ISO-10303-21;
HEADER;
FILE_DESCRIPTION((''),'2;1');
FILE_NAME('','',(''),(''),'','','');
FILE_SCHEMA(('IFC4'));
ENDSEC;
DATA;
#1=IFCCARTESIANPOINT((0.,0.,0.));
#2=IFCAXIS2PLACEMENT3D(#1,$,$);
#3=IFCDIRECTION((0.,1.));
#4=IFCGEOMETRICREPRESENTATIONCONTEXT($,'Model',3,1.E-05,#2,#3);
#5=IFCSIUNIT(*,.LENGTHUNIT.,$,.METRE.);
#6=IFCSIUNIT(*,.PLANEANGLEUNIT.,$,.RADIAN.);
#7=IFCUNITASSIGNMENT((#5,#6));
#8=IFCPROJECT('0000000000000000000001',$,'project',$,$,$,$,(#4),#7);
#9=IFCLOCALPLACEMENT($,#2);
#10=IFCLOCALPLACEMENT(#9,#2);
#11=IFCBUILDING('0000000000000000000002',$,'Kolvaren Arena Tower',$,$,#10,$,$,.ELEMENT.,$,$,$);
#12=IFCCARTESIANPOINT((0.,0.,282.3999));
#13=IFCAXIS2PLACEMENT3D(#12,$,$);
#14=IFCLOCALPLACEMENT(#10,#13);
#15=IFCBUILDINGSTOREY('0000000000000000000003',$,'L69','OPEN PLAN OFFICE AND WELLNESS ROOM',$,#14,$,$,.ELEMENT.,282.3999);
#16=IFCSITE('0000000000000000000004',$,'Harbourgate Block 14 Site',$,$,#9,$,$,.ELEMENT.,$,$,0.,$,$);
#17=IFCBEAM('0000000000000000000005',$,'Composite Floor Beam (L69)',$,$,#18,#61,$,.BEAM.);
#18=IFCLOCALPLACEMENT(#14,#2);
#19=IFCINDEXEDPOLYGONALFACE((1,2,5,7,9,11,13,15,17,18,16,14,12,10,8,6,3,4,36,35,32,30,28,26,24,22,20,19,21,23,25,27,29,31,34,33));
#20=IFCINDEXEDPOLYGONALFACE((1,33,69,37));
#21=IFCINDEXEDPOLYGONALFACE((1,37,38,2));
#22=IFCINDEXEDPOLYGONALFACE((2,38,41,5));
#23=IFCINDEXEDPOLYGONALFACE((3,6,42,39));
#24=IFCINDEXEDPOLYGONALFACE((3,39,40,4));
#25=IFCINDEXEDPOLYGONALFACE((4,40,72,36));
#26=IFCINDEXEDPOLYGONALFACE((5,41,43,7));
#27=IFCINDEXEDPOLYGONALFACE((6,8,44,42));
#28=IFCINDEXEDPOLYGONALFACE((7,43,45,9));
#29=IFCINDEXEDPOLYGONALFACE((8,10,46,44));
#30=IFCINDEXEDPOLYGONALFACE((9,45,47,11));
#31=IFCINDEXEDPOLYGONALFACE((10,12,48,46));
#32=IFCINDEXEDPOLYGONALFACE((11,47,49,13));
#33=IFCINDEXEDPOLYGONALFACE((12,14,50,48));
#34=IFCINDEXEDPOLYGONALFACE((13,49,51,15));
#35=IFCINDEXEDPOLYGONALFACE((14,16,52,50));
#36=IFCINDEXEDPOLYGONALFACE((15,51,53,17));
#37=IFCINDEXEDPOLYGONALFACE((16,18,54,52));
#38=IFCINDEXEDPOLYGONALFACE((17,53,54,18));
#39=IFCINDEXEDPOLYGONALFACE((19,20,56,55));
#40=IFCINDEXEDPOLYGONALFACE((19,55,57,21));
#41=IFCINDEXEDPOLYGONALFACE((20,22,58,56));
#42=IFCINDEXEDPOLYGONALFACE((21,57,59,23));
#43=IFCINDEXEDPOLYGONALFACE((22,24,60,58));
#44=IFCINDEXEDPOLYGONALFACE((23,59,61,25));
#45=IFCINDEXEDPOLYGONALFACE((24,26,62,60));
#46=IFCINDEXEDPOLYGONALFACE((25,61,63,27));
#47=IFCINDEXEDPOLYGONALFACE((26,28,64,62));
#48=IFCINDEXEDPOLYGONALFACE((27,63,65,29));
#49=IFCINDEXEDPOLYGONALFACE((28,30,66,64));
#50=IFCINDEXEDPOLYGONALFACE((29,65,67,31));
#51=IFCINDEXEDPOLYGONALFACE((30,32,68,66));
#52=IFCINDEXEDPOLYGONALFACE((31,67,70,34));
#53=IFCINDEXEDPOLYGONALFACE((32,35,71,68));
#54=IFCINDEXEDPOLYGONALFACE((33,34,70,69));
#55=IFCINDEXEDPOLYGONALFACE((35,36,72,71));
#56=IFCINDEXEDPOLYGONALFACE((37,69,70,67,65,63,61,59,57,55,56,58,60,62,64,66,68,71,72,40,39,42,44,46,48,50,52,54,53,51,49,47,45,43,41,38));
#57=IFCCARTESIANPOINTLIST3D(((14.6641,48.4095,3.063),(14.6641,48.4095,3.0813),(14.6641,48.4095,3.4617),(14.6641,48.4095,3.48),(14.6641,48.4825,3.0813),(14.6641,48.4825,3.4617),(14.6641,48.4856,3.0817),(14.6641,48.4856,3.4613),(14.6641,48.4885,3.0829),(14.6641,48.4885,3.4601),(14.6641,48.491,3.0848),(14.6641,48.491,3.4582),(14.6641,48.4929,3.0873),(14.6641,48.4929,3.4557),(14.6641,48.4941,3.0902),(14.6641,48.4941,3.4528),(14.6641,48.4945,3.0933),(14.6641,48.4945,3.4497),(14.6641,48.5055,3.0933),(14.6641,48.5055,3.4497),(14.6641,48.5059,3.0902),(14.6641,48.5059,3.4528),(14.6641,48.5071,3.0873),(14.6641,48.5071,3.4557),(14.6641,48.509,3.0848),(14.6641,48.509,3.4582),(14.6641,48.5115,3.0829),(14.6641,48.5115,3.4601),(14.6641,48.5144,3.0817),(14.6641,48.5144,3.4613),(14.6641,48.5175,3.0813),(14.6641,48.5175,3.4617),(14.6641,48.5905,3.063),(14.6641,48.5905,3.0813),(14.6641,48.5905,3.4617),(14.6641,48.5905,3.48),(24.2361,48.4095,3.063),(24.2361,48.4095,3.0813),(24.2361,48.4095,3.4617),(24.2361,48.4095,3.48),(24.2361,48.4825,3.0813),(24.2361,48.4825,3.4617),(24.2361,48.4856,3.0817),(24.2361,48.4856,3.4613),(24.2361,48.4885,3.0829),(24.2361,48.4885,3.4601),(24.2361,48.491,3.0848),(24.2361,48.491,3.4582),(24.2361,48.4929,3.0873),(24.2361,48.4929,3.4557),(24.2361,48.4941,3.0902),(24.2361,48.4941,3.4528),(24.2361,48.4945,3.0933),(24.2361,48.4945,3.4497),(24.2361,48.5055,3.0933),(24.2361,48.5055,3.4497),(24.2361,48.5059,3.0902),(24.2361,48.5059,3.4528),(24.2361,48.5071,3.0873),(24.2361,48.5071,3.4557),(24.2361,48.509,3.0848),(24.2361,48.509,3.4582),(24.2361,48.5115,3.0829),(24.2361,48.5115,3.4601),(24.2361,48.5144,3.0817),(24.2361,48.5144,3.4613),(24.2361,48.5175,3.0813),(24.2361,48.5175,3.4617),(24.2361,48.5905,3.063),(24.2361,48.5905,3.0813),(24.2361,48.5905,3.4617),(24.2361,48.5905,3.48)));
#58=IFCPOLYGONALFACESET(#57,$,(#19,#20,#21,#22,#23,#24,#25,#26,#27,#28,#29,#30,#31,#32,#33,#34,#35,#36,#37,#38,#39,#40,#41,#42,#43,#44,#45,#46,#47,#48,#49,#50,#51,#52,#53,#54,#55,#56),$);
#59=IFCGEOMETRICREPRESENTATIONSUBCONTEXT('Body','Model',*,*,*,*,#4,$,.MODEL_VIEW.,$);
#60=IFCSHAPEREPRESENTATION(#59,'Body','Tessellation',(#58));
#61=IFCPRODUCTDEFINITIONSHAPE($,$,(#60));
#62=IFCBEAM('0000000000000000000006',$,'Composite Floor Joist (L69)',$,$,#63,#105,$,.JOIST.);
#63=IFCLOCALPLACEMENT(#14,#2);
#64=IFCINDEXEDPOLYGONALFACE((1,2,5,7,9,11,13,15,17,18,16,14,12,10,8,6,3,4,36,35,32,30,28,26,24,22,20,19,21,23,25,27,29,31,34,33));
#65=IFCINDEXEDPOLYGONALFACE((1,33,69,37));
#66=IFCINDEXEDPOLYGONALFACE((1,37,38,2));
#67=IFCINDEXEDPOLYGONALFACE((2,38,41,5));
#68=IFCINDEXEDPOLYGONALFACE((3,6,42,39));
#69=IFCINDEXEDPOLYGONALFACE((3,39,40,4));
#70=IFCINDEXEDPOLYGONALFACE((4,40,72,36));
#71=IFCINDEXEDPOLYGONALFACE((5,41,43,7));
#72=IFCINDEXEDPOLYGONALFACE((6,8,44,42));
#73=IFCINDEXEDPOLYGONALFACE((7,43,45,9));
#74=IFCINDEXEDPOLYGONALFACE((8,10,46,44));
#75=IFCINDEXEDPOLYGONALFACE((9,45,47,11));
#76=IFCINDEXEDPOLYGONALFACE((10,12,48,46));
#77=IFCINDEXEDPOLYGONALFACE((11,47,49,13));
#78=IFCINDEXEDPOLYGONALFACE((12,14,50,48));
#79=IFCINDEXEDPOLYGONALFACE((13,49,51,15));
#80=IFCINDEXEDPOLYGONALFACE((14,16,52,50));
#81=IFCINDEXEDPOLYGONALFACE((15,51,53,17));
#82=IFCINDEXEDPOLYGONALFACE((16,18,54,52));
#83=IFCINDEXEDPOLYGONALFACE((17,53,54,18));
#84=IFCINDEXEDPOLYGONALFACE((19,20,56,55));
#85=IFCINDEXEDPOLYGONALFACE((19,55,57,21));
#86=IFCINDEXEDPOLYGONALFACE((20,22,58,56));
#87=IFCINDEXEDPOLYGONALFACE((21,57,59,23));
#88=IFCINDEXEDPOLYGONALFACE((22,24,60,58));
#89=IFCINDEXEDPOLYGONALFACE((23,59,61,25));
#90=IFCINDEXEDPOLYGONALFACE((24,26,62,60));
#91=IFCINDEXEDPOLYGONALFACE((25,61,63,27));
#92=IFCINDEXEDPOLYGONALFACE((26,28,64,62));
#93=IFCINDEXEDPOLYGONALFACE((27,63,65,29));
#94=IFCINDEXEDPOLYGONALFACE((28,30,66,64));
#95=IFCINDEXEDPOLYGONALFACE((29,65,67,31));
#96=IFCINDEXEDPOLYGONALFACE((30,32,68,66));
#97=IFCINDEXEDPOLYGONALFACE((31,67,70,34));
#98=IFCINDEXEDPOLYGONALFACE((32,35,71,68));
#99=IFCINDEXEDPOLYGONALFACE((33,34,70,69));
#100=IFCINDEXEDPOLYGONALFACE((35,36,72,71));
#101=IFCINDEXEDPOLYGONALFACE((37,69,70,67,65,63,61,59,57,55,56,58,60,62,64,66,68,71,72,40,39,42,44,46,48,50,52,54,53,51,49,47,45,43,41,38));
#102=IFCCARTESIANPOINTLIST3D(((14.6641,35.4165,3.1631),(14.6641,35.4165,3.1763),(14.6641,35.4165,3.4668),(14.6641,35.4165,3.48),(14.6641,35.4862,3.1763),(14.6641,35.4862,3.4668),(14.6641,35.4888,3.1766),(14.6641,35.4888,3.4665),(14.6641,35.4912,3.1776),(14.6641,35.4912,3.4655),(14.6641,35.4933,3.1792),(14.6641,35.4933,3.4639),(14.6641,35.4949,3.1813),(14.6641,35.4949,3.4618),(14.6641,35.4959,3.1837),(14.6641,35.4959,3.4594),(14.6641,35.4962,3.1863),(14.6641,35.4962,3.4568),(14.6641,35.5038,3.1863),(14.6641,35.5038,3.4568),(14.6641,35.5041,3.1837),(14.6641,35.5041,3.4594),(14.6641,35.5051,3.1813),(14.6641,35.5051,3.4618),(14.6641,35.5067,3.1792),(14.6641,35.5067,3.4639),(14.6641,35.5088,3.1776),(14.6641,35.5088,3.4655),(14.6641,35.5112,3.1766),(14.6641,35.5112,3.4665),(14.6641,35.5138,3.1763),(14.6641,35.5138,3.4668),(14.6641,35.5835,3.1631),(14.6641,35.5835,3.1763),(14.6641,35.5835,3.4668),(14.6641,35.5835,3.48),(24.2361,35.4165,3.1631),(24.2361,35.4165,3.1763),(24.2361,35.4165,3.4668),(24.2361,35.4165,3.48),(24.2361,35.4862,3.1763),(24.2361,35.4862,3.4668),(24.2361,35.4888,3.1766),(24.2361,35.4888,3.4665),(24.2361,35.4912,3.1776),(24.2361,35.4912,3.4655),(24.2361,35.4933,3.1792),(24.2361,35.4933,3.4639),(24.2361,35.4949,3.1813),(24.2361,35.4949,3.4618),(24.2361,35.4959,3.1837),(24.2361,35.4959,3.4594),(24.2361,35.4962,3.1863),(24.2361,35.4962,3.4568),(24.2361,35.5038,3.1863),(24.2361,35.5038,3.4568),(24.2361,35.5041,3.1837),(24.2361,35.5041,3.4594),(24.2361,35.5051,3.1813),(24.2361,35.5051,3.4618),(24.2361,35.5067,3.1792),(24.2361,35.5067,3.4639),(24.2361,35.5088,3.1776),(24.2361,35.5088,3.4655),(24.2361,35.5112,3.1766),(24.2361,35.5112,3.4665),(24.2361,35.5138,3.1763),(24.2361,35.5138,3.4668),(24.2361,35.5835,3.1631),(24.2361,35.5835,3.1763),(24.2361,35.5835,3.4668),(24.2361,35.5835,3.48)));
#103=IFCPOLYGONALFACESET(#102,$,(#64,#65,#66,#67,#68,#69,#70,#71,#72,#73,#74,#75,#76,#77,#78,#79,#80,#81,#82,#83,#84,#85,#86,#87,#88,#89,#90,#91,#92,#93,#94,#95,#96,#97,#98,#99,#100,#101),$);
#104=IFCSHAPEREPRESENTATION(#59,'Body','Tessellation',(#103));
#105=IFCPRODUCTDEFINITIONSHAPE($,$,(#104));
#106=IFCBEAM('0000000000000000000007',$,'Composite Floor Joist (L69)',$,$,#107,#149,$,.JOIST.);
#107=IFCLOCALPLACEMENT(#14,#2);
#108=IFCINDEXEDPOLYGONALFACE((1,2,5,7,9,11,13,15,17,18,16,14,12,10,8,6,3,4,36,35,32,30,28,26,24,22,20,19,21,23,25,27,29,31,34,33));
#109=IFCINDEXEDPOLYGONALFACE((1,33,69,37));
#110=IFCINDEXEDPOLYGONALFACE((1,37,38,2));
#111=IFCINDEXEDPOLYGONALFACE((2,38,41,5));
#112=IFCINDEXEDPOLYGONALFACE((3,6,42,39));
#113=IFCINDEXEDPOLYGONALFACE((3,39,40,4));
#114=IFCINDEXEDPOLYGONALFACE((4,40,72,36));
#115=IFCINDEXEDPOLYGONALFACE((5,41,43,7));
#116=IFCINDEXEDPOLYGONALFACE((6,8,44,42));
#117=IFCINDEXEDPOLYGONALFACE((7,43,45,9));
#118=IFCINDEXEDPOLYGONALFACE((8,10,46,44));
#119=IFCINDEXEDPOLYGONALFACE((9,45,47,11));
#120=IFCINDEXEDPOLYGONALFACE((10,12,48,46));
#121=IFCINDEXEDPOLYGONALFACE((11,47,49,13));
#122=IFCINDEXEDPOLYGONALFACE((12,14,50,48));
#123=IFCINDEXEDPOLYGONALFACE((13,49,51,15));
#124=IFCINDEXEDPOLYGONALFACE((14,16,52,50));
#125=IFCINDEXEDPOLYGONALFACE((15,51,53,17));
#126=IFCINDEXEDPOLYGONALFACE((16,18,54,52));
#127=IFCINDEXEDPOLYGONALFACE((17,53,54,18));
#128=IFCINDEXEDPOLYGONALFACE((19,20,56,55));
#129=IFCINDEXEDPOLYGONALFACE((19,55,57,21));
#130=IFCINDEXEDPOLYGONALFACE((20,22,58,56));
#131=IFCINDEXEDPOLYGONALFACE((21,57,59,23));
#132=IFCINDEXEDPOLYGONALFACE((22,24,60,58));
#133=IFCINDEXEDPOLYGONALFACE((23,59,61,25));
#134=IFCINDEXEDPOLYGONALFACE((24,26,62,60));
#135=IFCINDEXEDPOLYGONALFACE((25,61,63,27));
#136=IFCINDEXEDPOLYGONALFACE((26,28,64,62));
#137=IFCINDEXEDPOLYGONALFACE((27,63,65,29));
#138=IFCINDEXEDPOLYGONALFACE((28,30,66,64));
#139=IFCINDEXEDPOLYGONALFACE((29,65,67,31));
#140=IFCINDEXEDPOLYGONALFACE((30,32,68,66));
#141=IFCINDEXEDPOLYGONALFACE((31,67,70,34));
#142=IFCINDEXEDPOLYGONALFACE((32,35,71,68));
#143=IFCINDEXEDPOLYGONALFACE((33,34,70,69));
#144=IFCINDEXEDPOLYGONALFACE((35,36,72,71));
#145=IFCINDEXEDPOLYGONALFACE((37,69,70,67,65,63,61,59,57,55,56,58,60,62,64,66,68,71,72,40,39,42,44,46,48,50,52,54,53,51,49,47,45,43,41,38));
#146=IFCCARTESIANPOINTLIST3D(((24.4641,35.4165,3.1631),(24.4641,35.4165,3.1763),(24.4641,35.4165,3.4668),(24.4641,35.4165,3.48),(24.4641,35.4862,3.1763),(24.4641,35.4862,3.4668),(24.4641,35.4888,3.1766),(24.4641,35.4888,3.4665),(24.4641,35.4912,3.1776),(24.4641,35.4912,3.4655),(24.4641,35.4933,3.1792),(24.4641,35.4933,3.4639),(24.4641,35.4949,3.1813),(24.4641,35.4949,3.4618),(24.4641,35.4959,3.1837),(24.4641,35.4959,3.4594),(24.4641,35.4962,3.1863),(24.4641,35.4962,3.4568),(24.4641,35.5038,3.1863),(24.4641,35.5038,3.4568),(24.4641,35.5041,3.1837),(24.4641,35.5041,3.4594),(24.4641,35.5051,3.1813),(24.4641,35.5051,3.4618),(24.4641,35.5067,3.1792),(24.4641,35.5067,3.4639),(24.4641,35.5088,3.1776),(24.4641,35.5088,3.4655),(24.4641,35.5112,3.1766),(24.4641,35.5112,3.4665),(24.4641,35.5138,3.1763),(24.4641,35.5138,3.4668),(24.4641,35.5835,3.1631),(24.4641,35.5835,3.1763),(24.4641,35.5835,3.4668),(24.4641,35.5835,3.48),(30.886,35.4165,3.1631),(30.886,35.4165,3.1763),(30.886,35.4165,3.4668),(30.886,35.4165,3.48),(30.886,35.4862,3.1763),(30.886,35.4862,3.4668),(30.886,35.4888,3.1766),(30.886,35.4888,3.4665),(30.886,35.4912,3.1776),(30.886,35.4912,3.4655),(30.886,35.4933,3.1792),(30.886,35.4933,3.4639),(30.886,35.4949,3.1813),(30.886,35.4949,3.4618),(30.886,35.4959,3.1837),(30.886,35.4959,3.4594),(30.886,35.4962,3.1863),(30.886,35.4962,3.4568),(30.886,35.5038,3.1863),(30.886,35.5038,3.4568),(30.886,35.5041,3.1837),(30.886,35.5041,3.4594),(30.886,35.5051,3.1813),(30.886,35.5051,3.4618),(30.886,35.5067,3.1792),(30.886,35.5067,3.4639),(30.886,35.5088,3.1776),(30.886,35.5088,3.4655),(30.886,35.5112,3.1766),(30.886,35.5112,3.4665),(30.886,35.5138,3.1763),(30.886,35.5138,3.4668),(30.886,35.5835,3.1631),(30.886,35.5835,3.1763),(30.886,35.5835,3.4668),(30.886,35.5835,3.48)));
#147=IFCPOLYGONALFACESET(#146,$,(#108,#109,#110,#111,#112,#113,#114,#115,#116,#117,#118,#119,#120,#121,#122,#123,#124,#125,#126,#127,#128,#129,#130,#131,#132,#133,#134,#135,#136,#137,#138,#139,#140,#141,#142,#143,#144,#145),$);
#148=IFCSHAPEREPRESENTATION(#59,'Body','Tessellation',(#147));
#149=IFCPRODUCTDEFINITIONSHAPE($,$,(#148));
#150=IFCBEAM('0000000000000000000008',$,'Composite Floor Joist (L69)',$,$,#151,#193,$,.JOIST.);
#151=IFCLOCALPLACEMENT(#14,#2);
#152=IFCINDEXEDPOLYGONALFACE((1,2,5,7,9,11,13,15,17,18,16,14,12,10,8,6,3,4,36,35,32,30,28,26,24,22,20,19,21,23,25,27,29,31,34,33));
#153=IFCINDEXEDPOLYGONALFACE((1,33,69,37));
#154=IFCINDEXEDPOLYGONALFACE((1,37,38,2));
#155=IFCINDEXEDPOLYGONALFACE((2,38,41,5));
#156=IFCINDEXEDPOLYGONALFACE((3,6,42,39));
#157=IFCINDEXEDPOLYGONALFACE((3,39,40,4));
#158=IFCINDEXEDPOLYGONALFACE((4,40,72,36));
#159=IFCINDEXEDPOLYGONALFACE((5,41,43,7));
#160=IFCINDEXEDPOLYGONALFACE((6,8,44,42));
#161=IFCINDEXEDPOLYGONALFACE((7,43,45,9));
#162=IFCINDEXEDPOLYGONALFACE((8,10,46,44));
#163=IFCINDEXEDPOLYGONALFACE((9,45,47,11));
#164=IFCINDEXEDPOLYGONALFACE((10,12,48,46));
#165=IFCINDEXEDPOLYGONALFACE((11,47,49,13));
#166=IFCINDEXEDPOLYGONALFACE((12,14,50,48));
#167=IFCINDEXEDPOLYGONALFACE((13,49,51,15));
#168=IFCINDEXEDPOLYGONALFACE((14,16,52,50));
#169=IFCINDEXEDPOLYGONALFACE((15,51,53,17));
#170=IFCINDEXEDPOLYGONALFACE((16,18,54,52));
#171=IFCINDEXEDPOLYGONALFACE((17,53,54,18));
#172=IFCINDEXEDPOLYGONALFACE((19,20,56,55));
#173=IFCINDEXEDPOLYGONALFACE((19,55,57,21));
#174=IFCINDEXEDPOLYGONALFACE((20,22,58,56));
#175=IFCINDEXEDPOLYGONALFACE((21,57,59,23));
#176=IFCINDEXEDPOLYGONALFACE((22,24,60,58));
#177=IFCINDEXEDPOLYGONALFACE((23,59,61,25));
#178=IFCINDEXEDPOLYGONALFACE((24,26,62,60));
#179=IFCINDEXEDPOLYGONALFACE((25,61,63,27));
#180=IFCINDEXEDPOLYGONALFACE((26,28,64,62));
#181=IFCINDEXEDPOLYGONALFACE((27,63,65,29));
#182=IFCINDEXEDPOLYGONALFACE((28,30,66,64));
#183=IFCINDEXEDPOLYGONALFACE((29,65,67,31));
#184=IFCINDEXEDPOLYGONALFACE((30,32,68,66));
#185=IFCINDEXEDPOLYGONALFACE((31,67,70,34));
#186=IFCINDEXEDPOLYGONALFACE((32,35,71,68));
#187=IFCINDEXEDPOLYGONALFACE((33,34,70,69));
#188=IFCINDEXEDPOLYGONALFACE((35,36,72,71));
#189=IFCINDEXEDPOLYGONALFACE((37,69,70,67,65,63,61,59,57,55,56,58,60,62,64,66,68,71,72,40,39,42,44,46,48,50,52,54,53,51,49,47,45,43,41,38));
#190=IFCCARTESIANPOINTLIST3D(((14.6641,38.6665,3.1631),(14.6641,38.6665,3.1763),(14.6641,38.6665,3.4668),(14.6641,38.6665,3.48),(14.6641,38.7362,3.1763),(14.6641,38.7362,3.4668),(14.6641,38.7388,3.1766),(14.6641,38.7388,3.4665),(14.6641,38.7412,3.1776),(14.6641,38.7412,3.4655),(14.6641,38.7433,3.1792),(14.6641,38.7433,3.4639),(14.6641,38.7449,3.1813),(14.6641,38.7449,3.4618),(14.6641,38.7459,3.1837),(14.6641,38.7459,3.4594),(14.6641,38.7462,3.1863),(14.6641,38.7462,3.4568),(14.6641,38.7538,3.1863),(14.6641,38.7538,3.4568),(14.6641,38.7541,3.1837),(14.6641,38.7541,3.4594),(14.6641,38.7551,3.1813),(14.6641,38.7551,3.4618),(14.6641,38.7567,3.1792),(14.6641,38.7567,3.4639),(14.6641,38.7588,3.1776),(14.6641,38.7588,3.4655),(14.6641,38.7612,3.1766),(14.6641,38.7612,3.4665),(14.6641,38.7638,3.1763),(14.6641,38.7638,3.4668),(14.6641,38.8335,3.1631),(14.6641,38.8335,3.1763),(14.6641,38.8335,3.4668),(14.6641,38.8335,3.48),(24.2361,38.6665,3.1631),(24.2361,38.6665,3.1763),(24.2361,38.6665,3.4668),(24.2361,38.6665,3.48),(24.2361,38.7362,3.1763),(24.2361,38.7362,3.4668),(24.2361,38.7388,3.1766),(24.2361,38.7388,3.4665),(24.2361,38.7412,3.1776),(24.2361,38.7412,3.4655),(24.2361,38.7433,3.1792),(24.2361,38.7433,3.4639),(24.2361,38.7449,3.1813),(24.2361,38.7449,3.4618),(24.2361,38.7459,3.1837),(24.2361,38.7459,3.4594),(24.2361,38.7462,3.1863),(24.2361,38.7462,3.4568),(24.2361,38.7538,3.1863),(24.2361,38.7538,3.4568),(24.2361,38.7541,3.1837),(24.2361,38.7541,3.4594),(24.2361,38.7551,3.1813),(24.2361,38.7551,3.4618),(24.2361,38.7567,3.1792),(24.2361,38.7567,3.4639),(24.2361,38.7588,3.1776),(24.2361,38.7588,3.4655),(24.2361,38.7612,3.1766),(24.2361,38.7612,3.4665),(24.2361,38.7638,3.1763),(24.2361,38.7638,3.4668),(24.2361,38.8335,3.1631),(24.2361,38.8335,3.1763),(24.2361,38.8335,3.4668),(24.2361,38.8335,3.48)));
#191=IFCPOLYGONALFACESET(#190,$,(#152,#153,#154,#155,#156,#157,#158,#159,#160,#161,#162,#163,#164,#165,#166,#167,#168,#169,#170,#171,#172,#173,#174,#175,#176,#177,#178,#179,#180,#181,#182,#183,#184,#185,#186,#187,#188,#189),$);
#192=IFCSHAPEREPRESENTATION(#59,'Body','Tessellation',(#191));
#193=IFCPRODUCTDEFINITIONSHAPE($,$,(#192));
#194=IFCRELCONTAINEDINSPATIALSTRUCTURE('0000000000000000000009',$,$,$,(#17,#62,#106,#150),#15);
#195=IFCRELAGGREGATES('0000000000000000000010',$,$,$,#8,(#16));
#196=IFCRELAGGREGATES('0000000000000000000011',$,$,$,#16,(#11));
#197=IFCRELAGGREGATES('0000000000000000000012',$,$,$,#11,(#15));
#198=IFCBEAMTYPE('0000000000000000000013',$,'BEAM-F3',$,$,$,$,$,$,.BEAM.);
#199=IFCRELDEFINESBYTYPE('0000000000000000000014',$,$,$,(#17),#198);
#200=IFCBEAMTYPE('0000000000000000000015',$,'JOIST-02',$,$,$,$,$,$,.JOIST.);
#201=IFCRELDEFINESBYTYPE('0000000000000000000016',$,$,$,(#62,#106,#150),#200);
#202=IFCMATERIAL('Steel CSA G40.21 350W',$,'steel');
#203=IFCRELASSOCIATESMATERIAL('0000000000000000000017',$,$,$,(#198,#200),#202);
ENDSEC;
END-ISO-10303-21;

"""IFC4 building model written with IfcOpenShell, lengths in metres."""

from ifc_helpers import new_model, si_unit, direction, frame, origin, origin_2d, place, context, subcontext, project, spatial, i_section, extrude, material, material_profile, profile_set, type_object, element, save


model = new_model("IFC4")

# Units and contexts
model_context = context("Model", 3, precision=1e-05, world=origin(), true_north=direction((0.0, 1.0)))
body_context = subcontext(model_context, "Body", "Model", "MODEL_VIEW")
ifc_project = project(units=[si_unit("LENGTHUNIT", "METRE"), si_unit("PLANEANGLEUNIT", "RADIAN")], contexts=[model_context])

# Site, building, storey
site_placement = place(None, origin())
site = spatial("IfcSite", under=ifc_project, at=site_placement, Name="Harbourgate Block 14 Site", CompositionType="ELEMENT", RefElevation=0.0)
building_placement = place(site_placement, origin())
building = spatial("IfcBuilding", under=site, at=building_placement, Name="Kolvaren Arena Tower", CompositionType="ELEMENT")
storey_placement = place(building_placement, frame((0.0, 0.0, 282.3999)))
storey = spatial("IfcBuildingStorey", under=building, at=storey_placement, Name="L69", Description="OPEN PLAN OFFICE AND WELLNESS ROOM", CompositionType="ELEMENT", Elevation=282.3999)

# Beams
ifc_material_1 = material(Name="Steel CSA G40.21 350W", Category="steel")
ifc_material_profile_1 = material_profile(ifc_material_1, i_section(OverallWidth=0.1809, OverallDepth=0.417, WebThickness=0.011, FlangeThickness=0.0183, FilletRadius=0.012, at=origin_2d()), Name="W410x85")
ifc_profile_set_1 = profile_set([ifc_material_profile_1], Name="Steel CSA G40.21 350W")
beam_type_1 = type_object("IfcBeamType", Name="BEAM-F3", PredefinedType="BEAM", material=ifc_profile_set_1)
beam_1_placement = place(storey_placement, frame((14.6641, 48.5, 3.2715), z_axis=(1.0, 0.0, 0.0), x_axis=(0.0, 1.0, 0.0)))
element("IfcBeam", 1, at=beam_1_placement, inside=storey, type_object=beam_type_1, Name="Composite Floor Beam (L69)", PredefinedType="BEAM", context=body_context, shape_type="SweptSolid", body=[
    extrude(i_section(OverallWidth=0.1809, OverallDepth=0.417, WebThickness=0.011, FlangeThickness=0.0183, FilletRadius=0.012, at=origin_2d()), origin(), (0.0, 0.0, 1.0), 9.572),
])
ifc_material_profile_2 = material_profile(ifc_material_1, i_section(OverallWidth=0.167, OverallDepth=0.3169, WebThickness=0.0076, FlangeThickness=0.0132, FilletRadius=0.01, at=origin_2d()), Name="W310x52")
ifc_profile_set_2 = profile_set([ifc_material_profile_2], Name="Steel CSA G40.21 350W")
beam_type_2 = type_object("IfcBeamType", Name="JOIST-02", PredefinedType="JOIST", material=ifc_profile_set_2)
beam_2_placement = place(storey_placement, frame((14.6641, 35.5, 3.3215), z_axis=(1.0, 0.0, 0.0), x_axis=(0.0, 1.0, 0.0)))
element("IfcBeam", 2, at=beam_2_placement, inside=storey, type_object=beam_type_2, Name="Composite Floor Joist (L69)", PredefinedType="JOIST", context=body_context, shape_type="SweptSolid", body=[
    extrude(i_section(OverallWidth=0.167, OverallDepth=0.3169, WebThickness=0.0076, FlangeThickness=0.0132, FilletRadius=0.01, at=origin_2d()), origin(), (0.0, 0.0, 1.0), 9.572),
])
beam_3_placement = place(storey_placement, frame((24.4641, 35.5, 3.3215), z_axis=(1.0, 0.0, 0.0), x_axis=(0.0, 1.0, 0.0)))
element("IfcBeam", 3, at=beam_3_placement, inside=storey, type_object=beam_type_2, Name="Composite Floor Joist (L69)", PredefinedType="JOIST", context=body_context, shape_type="SweptSolid", body=[
    extrude(i_section(OverallWidth=0.167, OverallDepth=0.3169, WebThickness=0.0076, FlangeThickness=0.0132, FilletRadius=0.01, at=origin_2d()), origin(), (0.0, 0.0, 1.0), 6.4219),
])
beam_4_placement = place(storey_placement, frame((14.6641, 38.75, 3.3215), z_axis=(1.0, 0.0, 0.0), x_axis=(0.0, 1.0, 0.0)))
element("IfcBeam", 4, at=beam_4_placement, inside=storey, type_object=beam_type_2, Name="Composite Floor Joist (L69)", PredefinedType="JOIST", context=body_context, shape_type="SweptSolid", body=[
    extrude(i_section(OverallWidth=0.167, OverallDepth=0.3169, WebThickness=0.0076, FlangeThickness=0.0132, FilletRadius=0.01, at=origin_2d()), origin(), (0.0, 0.0, 1.0), 9.572),
])

save(model, "model.ifc")
